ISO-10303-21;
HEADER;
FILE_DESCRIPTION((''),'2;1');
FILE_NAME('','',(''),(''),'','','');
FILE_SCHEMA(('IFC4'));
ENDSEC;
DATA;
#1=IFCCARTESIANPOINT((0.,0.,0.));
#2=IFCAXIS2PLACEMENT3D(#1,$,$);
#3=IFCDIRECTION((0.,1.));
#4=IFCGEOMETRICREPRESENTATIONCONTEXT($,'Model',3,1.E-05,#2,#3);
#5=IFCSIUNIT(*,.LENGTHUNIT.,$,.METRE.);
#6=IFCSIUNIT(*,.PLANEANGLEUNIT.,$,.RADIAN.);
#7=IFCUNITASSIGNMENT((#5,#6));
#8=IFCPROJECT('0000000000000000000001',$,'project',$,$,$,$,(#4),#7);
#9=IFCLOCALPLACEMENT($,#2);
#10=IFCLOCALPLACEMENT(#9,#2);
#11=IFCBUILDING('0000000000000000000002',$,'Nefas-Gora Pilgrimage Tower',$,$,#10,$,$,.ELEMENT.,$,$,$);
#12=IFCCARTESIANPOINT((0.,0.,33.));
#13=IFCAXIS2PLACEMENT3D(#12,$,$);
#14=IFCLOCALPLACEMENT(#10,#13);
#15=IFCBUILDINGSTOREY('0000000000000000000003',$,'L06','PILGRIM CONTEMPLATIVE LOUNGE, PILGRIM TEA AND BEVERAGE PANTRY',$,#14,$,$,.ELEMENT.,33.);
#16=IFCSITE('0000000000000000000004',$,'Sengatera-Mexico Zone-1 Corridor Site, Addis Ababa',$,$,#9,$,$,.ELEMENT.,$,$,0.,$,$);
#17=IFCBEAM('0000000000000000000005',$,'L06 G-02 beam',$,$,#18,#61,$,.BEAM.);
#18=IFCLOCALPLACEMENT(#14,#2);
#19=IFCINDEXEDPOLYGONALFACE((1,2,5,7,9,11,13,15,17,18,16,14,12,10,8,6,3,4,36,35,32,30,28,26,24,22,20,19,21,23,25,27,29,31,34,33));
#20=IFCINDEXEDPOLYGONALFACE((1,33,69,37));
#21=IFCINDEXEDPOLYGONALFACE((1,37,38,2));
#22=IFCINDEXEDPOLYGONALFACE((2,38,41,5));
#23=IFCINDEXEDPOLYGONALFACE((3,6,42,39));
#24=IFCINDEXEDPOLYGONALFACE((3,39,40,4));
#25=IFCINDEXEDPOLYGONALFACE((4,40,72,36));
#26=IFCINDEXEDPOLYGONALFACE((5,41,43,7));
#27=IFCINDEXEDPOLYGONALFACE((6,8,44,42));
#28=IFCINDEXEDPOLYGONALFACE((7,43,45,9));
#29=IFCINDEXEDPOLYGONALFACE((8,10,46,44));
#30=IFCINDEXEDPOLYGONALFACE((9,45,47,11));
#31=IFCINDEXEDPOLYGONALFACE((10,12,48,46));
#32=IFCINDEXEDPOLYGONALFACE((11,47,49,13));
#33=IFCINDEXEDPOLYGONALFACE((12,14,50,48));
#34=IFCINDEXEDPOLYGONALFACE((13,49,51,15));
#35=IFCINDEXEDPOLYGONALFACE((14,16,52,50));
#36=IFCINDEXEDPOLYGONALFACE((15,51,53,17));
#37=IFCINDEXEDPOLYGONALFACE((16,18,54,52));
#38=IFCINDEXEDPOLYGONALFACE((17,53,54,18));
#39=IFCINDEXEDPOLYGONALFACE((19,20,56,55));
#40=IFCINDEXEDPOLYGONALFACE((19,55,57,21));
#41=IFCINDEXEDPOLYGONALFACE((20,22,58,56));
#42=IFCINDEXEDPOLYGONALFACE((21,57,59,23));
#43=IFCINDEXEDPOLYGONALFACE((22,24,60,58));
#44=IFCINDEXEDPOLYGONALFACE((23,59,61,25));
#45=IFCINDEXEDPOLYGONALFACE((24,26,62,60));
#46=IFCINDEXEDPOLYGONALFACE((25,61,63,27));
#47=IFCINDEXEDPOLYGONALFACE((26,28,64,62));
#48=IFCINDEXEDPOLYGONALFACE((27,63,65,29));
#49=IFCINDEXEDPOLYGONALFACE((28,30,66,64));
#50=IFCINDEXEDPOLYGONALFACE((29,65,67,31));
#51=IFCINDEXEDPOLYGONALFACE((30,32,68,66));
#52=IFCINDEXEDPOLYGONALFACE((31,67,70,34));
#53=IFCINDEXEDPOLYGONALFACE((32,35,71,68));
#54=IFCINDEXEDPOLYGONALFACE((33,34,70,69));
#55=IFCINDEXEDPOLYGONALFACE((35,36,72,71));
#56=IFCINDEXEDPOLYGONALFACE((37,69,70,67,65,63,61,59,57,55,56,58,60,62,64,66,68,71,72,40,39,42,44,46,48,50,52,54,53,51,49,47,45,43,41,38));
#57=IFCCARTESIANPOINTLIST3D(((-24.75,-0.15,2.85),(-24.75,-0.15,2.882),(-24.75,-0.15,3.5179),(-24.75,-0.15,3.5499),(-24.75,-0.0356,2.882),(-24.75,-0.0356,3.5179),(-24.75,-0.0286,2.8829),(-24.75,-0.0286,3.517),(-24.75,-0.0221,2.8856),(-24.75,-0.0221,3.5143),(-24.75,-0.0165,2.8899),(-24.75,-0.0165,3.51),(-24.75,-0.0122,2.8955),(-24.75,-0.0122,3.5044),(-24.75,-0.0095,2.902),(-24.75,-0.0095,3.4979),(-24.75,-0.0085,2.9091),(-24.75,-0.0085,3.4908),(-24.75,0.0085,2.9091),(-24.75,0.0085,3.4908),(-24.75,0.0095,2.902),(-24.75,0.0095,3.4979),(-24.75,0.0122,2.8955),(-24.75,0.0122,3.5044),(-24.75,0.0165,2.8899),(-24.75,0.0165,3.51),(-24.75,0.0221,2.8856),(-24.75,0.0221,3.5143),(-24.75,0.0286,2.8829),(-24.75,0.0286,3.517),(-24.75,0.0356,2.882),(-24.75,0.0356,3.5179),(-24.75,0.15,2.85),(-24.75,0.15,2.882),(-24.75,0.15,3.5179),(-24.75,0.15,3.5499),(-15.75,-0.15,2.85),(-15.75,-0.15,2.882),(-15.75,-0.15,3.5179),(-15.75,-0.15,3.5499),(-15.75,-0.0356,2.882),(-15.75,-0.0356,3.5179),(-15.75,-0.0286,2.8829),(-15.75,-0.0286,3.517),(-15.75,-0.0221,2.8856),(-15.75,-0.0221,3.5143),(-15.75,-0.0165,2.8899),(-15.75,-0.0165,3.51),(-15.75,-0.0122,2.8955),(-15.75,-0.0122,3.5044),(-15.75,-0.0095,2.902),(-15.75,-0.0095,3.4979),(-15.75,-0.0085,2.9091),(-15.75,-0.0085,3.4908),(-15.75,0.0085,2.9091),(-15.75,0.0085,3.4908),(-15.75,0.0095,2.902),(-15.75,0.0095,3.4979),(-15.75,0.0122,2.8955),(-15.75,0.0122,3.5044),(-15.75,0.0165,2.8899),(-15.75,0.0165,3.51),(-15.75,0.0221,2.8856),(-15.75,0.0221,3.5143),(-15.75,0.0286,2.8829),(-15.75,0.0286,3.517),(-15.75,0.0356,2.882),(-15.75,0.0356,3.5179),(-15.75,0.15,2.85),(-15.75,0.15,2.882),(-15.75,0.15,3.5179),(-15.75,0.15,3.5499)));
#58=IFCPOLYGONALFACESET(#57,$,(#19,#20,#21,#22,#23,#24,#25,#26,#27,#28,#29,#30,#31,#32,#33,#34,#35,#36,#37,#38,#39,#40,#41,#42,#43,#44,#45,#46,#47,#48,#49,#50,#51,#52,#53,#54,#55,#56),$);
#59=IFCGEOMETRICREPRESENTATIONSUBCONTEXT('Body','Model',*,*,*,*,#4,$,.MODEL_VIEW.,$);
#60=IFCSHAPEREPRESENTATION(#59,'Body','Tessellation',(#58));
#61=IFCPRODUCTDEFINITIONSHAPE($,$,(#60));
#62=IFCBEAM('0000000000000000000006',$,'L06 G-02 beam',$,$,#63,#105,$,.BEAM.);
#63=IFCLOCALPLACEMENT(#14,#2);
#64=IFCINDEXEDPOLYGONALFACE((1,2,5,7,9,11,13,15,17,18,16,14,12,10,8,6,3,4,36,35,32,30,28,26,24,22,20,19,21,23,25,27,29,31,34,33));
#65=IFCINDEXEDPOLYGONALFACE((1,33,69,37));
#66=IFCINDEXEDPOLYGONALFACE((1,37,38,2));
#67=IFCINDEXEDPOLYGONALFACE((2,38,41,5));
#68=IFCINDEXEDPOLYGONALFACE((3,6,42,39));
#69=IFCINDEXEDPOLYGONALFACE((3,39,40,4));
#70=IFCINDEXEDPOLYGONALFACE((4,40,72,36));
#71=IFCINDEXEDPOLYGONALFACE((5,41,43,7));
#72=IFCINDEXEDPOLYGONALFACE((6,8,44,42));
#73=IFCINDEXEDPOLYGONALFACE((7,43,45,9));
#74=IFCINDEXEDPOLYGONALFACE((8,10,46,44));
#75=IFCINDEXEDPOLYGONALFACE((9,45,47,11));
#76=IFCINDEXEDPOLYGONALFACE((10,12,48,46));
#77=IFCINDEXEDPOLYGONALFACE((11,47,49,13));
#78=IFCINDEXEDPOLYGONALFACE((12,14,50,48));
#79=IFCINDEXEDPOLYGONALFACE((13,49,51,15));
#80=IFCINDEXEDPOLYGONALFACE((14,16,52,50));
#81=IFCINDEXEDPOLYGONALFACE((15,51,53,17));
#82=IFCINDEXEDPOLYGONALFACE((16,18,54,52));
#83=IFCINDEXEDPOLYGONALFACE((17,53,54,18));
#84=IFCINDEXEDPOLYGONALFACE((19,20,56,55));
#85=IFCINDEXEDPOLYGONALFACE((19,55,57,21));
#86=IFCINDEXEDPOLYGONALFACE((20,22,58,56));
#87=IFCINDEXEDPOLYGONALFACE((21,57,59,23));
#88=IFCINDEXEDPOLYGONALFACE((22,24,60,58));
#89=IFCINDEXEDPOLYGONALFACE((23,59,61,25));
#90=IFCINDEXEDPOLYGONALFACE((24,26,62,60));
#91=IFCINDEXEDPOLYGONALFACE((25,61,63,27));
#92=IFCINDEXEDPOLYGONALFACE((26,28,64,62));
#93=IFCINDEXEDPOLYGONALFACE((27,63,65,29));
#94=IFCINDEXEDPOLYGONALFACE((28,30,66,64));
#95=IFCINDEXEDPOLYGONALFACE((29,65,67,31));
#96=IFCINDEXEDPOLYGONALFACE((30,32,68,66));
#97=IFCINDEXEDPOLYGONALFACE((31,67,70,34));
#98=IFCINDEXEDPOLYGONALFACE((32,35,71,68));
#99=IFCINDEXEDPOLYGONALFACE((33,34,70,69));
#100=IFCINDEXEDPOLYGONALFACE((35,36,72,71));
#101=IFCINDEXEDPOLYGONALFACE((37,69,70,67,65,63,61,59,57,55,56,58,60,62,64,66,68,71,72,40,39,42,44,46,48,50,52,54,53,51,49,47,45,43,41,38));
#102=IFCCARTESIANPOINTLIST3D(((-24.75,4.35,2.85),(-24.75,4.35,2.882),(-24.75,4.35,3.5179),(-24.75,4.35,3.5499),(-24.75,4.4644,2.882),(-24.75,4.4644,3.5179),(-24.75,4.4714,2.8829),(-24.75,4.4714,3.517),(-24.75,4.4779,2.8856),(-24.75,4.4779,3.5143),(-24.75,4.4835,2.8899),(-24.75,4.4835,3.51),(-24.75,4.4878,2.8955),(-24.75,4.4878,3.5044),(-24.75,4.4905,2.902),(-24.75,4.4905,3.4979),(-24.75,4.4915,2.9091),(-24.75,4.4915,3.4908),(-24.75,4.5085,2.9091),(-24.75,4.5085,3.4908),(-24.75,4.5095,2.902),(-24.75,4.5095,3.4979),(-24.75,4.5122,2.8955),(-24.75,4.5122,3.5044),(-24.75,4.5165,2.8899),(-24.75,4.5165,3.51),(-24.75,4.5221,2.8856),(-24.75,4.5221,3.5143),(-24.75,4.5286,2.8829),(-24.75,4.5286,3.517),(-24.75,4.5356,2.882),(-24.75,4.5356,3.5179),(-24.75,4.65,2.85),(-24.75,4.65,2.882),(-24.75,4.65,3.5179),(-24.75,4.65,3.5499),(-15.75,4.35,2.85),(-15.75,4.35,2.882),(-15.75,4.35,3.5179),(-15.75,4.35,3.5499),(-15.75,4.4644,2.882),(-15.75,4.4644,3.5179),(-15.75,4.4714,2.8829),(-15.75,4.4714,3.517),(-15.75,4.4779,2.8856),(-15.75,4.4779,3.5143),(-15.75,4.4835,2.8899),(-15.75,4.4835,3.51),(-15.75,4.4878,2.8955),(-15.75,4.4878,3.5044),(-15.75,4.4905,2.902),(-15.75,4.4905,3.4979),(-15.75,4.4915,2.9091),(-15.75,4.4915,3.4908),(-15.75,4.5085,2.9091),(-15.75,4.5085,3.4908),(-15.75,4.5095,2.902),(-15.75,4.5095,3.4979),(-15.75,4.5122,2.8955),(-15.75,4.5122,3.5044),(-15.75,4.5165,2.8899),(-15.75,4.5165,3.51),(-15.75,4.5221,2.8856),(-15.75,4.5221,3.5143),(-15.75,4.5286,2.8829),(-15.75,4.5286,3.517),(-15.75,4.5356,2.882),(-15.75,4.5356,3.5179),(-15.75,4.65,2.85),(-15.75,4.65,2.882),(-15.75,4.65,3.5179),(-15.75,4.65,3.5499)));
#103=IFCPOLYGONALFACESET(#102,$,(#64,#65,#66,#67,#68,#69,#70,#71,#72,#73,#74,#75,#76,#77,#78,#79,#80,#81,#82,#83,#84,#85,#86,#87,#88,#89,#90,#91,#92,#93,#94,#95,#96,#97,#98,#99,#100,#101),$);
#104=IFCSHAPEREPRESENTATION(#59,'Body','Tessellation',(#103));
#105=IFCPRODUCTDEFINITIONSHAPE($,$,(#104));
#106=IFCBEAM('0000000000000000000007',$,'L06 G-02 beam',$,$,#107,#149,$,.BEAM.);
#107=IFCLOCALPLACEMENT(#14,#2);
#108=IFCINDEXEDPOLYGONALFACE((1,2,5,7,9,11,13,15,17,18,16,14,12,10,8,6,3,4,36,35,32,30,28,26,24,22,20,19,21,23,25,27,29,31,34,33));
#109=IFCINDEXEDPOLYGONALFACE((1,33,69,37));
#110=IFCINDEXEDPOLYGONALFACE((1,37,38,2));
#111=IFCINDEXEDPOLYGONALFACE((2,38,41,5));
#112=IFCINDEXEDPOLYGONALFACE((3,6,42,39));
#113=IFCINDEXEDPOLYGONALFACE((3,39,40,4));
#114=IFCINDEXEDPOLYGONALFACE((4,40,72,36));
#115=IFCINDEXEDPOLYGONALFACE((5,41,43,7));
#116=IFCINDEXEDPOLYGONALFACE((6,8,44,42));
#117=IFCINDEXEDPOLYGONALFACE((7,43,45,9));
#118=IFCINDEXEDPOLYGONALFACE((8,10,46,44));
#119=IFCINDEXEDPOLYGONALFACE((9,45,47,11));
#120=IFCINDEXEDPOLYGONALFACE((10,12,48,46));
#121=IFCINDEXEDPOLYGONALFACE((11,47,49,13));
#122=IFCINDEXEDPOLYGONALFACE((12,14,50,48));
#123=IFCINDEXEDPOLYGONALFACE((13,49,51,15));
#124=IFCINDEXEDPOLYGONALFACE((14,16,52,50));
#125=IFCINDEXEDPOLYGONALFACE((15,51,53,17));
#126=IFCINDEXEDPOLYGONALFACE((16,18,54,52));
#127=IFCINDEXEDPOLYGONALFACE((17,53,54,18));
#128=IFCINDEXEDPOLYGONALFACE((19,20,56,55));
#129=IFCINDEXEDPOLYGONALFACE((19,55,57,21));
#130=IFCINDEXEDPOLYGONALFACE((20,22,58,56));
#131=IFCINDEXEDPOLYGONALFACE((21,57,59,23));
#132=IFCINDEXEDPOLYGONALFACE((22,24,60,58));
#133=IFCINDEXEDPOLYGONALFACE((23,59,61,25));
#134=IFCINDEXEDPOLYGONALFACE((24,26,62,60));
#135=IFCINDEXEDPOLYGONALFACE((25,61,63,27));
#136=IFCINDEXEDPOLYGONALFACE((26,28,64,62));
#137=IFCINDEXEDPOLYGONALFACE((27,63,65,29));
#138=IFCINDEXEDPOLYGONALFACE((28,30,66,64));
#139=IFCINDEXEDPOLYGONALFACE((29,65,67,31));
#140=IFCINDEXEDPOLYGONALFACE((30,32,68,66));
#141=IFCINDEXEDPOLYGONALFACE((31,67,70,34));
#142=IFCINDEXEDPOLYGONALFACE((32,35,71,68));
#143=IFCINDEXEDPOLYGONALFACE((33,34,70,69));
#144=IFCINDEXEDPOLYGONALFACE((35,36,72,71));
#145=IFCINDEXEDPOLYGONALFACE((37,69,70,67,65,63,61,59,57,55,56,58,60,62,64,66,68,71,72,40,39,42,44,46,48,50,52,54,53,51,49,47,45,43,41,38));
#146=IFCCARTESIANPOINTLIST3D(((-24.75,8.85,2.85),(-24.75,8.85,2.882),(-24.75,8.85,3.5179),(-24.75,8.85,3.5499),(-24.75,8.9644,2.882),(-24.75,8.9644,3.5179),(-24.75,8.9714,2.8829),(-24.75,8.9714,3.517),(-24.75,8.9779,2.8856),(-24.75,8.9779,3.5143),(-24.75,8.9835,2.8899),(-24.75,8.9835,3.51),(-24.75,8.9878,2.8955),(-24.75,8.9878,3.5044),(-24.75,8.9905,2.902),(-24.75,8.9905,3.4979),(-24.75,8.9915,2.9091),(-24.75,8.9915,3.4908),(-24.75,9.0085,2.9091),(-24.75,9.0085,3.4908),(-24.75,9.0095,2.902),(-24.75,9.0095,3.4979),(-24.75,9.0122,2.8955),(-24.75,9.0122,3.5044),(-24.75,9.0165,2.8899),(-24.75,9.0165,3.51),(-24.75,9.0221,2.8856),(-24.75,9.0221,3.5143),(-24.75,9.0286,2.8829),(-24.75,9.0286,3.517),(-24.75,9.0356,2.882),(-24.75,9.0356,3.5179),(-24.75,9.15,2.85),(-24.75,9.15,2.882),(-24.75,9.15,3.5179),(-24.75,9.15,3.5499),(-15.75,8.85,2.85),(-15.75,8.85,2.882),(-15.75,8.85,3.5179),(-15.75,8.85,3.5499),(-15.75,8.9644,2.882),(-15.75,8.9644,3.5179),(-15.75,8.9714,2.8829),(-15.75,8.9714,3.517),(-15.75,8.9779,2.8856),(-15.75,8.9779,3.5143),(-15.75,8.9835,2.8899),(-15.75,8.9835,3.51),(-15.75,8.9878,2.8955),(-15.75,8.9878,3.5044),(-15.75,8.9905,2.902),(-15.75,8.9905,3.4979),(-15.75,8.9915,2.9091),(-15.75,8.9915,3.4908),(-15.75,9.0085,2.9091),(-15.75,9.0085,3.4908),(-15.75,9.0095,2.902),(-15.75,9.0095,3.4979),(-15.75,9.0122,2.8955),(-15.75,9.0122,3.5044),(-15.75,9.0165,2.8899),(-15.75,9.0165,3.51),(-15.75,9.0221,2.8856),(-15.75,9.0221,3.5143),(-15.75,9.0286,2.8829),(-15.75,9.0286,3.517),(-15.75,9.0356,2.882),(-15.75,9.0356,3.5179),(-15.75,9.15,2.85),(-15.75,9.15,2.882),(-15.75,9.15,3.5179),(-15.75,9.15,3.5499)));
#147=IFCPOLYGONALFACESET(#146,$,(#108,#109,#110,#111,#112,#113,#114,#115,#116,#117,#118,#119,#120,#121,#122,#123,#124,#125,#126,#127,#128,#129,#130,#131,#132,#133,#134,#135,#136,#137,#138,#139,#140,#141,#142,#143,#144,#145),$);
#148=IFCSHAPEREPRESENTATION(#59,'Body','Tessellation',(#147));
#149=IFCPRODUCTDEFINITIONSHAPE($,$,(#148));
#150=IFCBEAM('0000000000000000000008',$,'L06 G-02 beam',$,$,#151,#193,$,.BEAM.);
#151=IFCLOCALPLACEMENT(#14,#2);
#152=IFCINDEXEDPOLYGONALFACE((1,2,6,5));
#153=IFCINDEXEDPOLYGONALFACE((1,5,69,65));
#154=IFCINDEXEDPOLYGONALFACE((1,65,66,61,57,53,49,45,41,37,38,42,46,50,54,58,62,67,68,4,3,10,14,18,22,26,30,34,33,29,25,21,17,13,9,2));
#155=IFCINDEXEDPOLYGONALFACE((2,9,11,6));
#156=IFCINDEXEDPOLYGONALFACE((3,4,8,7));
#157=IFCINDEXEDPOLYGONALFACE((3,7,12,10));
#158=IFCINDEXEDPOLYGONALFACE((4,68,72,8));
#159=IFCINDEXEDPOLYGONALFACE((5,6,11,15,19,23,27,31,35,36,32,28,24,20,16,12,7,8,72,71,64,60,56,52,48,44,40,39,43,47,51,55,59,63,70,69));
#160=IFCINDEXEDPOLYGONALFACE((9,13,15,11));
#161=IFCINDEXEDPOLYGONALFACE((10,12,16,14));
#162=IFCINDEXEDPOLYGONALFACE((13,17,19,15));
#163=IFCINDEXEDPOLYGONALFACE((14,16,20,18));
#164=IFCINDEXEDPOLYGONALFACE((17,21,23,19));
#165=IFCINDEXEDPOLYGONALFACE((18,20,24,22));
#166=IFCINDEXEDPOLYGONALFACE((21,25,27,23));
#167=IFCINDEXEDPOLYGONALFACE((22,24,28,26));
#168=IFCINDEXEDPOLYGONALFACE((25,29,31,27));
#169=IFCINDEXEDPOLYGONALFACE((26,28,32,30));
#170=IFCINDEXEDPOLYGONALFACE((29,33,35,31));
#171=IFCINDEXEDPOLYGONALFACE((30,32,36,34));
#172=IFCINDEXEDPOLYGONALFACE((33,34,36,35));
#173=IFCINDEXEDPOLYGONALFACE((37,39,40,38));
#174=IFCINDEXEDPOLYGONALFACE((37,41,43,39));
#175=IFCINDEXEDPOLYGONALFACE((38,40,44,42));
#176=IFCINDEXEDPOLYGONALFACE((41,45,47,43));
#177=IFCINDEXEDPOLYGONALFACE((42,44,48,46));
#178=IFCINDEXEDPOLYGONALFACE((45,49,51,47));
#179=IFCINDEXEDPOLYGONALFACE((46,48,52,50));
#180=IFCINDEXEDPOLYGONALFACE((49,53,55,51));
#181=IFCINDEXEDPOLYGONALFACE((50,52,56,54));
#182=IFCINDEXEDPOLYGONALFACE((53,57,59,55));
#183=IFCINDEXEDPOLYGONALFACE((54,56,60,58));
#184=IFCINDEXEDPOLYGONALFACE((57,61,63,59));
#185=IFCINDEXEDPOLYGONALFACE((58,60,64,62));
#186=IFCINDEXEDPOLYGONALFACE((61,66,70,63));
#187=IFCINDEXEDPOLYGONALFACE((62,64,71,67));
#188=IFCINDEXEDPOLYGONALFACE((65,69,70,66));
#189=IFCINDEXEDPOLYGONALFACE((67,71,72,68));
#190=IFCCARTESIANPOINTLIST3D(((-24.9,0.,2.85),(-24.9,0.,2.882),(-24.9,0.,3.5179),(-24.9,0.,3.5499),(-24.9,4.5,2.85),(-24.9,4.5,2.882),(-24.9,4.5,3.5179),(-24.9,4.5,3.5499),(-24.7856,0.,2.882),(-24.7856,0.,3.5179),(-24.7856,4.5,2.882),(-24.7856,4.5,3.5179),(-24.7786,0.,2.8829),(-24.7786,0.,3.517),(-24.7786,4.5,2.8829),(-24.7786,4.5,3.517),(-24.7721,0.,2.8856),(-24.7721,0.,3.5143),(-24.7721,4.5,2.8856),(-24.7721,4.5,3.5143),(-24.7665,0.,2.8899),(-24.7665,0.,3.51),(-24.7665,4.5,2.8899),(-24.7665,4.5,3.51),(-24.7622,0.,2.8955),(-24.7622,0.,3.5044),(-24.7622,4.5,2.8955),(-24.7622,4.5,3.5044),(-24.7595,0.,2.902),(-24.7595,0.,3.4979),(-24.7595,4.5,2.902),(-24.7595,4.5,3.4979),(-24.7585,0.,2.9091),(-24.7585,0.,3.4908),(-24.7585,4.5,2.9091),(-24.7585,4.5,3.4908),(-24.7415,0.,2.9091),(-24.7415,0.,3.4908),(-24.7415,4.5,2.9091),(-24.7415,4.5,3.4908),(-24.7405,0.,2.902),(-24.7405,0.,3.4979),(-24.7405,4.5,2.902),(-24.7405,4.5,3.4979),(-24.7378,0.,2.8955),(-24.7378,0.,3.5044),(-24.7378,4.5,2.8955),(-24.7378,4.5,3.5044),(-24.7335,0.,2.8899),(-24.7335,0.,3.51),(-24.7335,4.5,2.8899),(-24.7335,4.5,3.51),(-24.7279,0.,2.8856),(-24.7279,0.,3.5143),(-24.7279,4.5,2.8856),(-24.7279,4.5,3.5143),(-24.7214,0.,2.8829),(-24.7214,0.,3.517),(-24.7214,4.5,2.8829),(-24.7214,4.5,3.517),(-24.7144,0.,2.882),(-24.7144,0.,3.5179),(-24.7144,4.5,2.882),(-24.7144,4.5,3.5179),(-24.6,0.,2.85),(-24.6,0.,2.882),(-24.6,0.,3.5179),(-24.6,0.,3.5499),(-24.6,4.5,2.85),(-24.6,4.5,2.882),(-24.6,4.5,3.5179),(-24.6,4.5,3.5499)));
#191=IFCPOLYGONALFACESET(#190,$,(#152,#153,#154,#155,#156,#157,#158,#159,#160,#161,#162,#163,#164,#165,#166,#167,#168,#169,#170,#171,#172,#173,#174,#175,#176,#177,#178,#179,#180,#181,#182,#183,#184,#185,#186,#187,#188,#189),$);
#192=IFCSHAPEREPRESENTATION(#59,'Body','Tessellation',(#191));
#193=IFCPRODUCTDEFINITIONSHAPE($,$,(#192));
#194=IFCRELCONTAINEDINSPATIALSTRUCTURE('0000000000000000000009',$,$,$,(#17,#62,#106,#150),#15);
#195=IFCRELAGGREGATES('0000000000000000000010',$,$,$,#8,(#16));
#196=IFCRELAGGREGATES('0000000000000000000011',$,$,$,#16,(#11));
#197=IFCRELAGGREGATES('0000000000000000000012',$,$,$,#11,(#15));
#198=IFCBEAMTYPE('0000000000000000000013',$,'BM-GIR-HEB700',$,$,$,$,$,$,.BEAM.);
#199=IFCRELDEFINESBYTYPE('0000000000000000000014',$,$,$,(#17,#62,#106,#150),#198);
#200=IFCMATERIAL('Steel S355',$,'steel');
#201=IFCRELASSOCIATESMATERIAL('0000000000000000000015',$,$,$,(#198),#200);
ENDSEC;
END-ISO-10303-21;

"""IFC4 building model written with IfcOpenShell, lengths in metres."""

from ifc_helpers import new_model, si_unit, direction, frame, origin, origin_2d, place, context, subcontext, project, spatial, i_section, extrude, source, transform, mapped, material, material_profile, profile_set, type_object, element, save


model = new_model("IFC4")

# Units and contexts
model_context = context("Model", 3, precision=1e-05, world=origin(), true_north=direction((0.0, 1.0)))
body_context = subcontext(model_context, "Body", "Model", "MODEL_VIEW")
ifc_project = project(units=[si_unit("LENGTHUNIT", "METRE"), si_unit("PLANEANGLEUNIT", "RADIAN")], contexts=[model_context])

# Site, building, storey
site_placement = place(None, origin())
site = spatial("IfcSite", under=ifc_project, at=site_placement, Name="Sengatera-Mexico Zone-1 Corridor Site, Addis Ababa", CompositionType="ELEMENT", RefElevation=0.0)
building_placement = place(site_placement, origin())
building = spatial("IfcBuilding", under=site, at=building_placement, Name="Nefas-Gora Pilgrimage Tower", CompositionType="ELEMENT")
storey_placement = place(building_placement, frame((0.0, 0.0, 33.0)))
storey = spatial("IfcBuildingStorey", under=building, at=storey_placement, Name="L06", Description="PILGRIM CONTEMPLATIVE LOUNGE, PILGRIM TEA AND BEVERAGE PANTRY", CompositionType="ELEMENT", Elevation=33.0)

# Beams
ifc_material_1 = material(Name="Steel S355", Category="steel")
ifc_material_profile_1 = material_profile(ifc_material_1, i_section(OverallWidth=0.3, OverallDepth=0.7, WebThickness=0.0171, FlangeThickness=0.032, FilletRadius=0.0271, at=origin_2d()), Name="HEB 700")
ifc_profile_set_1 = profile_set([ifc_material_profile_1], Name="Steel S355")
beam_type_1 = type_object("IfcBeamType", Name="BM-GIR-HEB700", PredefinedType="BEAM", material=ifc_profile_set_1)
shared_shape_1 = source(origin(), body_context, "Body", "SweptSolid", [
    extrude(i_section(OverallWidth=0.3, OverallDepth=0.7, WebThickness=0.0171, FlangeThickness=0.032, FilletRadius=0.0271, at=origin_2d()), origin(), (0.0, 0.0, 1.0), 9.0),
])
for number, where, z_axis, x_axis, name in (
    (1, (-24.75, 0.0, 3.2), (1.0, 0.0, 0.0), (0.0, 1.0, 0.0), "L06 G-02 beam"),
    (2, (-24.75, 4.5, 3.2), (1.0, 0.0, 0.0), (0.0, 1.0, 0.0), "L06 G-02 beam"),
    (3, (-24.75, 9.0, 3.2), (1.0, 0.0, 0.0), (0.0, 1.0, 0.0), "L06 G-02 beam"),
):
    element("IfcBeam", number, at=place(storey_placement, frame(where, z_axis=z_axis, x_axis=x_axis)), inside=storey, type_object=beam_type_1, Name=name, PredefinedType="BEAM", context=body_context, shape_type="MappedRepresentation", body=[
        mapped(shared_shape_1, transform((0.0, 0.0, 0.0), x_axis=(1.0, 0.0, 0.0), y_axis=(0.0, 1.0, 0.0), z_axis=(0.0, 0.0, 1.0), scale=1.0)),
    ])
shared_shape_2 = source(origin(), body_context, "Body", "SweptSolid", [
    extrude(i_section(OverallWidth=0.3, OverallDepth=0.7, WebThickness=0.0171, FlangeThickness=0.032, FilletRadius=0.0271, at=origin_2d()), origin(), (0.0, 0.0, 1.0), 4.5),
])
for number, where, z_axis, x_axis, name in (
    (4, (-24.75, 0.0, 3.2), (0.0, 1.0, 0.0), (-1.0, 0.0, 0.0), "L06 G-02 beam"),
):
    element("IfcBeam", number, at=place(storey_placement, frame(where, z_axis=z_axis, x_axis=x_axis)), inside=storey, type_object=beam_type_1, Name=name, PredefinedType="BEAM", context=body_context, shape_type="MappedRepresentation", body=[
        mapped(shared_shape_2, transform((0.0, 0.0, 0.0), x_axis=(1.0, 0.0, 0.0), y_axis=(0.0, 1.0, 0.0), z_axis=(0.0, 0.0, 1.0), scale=1.0)),
    ])

save(model, "model.ifc")
